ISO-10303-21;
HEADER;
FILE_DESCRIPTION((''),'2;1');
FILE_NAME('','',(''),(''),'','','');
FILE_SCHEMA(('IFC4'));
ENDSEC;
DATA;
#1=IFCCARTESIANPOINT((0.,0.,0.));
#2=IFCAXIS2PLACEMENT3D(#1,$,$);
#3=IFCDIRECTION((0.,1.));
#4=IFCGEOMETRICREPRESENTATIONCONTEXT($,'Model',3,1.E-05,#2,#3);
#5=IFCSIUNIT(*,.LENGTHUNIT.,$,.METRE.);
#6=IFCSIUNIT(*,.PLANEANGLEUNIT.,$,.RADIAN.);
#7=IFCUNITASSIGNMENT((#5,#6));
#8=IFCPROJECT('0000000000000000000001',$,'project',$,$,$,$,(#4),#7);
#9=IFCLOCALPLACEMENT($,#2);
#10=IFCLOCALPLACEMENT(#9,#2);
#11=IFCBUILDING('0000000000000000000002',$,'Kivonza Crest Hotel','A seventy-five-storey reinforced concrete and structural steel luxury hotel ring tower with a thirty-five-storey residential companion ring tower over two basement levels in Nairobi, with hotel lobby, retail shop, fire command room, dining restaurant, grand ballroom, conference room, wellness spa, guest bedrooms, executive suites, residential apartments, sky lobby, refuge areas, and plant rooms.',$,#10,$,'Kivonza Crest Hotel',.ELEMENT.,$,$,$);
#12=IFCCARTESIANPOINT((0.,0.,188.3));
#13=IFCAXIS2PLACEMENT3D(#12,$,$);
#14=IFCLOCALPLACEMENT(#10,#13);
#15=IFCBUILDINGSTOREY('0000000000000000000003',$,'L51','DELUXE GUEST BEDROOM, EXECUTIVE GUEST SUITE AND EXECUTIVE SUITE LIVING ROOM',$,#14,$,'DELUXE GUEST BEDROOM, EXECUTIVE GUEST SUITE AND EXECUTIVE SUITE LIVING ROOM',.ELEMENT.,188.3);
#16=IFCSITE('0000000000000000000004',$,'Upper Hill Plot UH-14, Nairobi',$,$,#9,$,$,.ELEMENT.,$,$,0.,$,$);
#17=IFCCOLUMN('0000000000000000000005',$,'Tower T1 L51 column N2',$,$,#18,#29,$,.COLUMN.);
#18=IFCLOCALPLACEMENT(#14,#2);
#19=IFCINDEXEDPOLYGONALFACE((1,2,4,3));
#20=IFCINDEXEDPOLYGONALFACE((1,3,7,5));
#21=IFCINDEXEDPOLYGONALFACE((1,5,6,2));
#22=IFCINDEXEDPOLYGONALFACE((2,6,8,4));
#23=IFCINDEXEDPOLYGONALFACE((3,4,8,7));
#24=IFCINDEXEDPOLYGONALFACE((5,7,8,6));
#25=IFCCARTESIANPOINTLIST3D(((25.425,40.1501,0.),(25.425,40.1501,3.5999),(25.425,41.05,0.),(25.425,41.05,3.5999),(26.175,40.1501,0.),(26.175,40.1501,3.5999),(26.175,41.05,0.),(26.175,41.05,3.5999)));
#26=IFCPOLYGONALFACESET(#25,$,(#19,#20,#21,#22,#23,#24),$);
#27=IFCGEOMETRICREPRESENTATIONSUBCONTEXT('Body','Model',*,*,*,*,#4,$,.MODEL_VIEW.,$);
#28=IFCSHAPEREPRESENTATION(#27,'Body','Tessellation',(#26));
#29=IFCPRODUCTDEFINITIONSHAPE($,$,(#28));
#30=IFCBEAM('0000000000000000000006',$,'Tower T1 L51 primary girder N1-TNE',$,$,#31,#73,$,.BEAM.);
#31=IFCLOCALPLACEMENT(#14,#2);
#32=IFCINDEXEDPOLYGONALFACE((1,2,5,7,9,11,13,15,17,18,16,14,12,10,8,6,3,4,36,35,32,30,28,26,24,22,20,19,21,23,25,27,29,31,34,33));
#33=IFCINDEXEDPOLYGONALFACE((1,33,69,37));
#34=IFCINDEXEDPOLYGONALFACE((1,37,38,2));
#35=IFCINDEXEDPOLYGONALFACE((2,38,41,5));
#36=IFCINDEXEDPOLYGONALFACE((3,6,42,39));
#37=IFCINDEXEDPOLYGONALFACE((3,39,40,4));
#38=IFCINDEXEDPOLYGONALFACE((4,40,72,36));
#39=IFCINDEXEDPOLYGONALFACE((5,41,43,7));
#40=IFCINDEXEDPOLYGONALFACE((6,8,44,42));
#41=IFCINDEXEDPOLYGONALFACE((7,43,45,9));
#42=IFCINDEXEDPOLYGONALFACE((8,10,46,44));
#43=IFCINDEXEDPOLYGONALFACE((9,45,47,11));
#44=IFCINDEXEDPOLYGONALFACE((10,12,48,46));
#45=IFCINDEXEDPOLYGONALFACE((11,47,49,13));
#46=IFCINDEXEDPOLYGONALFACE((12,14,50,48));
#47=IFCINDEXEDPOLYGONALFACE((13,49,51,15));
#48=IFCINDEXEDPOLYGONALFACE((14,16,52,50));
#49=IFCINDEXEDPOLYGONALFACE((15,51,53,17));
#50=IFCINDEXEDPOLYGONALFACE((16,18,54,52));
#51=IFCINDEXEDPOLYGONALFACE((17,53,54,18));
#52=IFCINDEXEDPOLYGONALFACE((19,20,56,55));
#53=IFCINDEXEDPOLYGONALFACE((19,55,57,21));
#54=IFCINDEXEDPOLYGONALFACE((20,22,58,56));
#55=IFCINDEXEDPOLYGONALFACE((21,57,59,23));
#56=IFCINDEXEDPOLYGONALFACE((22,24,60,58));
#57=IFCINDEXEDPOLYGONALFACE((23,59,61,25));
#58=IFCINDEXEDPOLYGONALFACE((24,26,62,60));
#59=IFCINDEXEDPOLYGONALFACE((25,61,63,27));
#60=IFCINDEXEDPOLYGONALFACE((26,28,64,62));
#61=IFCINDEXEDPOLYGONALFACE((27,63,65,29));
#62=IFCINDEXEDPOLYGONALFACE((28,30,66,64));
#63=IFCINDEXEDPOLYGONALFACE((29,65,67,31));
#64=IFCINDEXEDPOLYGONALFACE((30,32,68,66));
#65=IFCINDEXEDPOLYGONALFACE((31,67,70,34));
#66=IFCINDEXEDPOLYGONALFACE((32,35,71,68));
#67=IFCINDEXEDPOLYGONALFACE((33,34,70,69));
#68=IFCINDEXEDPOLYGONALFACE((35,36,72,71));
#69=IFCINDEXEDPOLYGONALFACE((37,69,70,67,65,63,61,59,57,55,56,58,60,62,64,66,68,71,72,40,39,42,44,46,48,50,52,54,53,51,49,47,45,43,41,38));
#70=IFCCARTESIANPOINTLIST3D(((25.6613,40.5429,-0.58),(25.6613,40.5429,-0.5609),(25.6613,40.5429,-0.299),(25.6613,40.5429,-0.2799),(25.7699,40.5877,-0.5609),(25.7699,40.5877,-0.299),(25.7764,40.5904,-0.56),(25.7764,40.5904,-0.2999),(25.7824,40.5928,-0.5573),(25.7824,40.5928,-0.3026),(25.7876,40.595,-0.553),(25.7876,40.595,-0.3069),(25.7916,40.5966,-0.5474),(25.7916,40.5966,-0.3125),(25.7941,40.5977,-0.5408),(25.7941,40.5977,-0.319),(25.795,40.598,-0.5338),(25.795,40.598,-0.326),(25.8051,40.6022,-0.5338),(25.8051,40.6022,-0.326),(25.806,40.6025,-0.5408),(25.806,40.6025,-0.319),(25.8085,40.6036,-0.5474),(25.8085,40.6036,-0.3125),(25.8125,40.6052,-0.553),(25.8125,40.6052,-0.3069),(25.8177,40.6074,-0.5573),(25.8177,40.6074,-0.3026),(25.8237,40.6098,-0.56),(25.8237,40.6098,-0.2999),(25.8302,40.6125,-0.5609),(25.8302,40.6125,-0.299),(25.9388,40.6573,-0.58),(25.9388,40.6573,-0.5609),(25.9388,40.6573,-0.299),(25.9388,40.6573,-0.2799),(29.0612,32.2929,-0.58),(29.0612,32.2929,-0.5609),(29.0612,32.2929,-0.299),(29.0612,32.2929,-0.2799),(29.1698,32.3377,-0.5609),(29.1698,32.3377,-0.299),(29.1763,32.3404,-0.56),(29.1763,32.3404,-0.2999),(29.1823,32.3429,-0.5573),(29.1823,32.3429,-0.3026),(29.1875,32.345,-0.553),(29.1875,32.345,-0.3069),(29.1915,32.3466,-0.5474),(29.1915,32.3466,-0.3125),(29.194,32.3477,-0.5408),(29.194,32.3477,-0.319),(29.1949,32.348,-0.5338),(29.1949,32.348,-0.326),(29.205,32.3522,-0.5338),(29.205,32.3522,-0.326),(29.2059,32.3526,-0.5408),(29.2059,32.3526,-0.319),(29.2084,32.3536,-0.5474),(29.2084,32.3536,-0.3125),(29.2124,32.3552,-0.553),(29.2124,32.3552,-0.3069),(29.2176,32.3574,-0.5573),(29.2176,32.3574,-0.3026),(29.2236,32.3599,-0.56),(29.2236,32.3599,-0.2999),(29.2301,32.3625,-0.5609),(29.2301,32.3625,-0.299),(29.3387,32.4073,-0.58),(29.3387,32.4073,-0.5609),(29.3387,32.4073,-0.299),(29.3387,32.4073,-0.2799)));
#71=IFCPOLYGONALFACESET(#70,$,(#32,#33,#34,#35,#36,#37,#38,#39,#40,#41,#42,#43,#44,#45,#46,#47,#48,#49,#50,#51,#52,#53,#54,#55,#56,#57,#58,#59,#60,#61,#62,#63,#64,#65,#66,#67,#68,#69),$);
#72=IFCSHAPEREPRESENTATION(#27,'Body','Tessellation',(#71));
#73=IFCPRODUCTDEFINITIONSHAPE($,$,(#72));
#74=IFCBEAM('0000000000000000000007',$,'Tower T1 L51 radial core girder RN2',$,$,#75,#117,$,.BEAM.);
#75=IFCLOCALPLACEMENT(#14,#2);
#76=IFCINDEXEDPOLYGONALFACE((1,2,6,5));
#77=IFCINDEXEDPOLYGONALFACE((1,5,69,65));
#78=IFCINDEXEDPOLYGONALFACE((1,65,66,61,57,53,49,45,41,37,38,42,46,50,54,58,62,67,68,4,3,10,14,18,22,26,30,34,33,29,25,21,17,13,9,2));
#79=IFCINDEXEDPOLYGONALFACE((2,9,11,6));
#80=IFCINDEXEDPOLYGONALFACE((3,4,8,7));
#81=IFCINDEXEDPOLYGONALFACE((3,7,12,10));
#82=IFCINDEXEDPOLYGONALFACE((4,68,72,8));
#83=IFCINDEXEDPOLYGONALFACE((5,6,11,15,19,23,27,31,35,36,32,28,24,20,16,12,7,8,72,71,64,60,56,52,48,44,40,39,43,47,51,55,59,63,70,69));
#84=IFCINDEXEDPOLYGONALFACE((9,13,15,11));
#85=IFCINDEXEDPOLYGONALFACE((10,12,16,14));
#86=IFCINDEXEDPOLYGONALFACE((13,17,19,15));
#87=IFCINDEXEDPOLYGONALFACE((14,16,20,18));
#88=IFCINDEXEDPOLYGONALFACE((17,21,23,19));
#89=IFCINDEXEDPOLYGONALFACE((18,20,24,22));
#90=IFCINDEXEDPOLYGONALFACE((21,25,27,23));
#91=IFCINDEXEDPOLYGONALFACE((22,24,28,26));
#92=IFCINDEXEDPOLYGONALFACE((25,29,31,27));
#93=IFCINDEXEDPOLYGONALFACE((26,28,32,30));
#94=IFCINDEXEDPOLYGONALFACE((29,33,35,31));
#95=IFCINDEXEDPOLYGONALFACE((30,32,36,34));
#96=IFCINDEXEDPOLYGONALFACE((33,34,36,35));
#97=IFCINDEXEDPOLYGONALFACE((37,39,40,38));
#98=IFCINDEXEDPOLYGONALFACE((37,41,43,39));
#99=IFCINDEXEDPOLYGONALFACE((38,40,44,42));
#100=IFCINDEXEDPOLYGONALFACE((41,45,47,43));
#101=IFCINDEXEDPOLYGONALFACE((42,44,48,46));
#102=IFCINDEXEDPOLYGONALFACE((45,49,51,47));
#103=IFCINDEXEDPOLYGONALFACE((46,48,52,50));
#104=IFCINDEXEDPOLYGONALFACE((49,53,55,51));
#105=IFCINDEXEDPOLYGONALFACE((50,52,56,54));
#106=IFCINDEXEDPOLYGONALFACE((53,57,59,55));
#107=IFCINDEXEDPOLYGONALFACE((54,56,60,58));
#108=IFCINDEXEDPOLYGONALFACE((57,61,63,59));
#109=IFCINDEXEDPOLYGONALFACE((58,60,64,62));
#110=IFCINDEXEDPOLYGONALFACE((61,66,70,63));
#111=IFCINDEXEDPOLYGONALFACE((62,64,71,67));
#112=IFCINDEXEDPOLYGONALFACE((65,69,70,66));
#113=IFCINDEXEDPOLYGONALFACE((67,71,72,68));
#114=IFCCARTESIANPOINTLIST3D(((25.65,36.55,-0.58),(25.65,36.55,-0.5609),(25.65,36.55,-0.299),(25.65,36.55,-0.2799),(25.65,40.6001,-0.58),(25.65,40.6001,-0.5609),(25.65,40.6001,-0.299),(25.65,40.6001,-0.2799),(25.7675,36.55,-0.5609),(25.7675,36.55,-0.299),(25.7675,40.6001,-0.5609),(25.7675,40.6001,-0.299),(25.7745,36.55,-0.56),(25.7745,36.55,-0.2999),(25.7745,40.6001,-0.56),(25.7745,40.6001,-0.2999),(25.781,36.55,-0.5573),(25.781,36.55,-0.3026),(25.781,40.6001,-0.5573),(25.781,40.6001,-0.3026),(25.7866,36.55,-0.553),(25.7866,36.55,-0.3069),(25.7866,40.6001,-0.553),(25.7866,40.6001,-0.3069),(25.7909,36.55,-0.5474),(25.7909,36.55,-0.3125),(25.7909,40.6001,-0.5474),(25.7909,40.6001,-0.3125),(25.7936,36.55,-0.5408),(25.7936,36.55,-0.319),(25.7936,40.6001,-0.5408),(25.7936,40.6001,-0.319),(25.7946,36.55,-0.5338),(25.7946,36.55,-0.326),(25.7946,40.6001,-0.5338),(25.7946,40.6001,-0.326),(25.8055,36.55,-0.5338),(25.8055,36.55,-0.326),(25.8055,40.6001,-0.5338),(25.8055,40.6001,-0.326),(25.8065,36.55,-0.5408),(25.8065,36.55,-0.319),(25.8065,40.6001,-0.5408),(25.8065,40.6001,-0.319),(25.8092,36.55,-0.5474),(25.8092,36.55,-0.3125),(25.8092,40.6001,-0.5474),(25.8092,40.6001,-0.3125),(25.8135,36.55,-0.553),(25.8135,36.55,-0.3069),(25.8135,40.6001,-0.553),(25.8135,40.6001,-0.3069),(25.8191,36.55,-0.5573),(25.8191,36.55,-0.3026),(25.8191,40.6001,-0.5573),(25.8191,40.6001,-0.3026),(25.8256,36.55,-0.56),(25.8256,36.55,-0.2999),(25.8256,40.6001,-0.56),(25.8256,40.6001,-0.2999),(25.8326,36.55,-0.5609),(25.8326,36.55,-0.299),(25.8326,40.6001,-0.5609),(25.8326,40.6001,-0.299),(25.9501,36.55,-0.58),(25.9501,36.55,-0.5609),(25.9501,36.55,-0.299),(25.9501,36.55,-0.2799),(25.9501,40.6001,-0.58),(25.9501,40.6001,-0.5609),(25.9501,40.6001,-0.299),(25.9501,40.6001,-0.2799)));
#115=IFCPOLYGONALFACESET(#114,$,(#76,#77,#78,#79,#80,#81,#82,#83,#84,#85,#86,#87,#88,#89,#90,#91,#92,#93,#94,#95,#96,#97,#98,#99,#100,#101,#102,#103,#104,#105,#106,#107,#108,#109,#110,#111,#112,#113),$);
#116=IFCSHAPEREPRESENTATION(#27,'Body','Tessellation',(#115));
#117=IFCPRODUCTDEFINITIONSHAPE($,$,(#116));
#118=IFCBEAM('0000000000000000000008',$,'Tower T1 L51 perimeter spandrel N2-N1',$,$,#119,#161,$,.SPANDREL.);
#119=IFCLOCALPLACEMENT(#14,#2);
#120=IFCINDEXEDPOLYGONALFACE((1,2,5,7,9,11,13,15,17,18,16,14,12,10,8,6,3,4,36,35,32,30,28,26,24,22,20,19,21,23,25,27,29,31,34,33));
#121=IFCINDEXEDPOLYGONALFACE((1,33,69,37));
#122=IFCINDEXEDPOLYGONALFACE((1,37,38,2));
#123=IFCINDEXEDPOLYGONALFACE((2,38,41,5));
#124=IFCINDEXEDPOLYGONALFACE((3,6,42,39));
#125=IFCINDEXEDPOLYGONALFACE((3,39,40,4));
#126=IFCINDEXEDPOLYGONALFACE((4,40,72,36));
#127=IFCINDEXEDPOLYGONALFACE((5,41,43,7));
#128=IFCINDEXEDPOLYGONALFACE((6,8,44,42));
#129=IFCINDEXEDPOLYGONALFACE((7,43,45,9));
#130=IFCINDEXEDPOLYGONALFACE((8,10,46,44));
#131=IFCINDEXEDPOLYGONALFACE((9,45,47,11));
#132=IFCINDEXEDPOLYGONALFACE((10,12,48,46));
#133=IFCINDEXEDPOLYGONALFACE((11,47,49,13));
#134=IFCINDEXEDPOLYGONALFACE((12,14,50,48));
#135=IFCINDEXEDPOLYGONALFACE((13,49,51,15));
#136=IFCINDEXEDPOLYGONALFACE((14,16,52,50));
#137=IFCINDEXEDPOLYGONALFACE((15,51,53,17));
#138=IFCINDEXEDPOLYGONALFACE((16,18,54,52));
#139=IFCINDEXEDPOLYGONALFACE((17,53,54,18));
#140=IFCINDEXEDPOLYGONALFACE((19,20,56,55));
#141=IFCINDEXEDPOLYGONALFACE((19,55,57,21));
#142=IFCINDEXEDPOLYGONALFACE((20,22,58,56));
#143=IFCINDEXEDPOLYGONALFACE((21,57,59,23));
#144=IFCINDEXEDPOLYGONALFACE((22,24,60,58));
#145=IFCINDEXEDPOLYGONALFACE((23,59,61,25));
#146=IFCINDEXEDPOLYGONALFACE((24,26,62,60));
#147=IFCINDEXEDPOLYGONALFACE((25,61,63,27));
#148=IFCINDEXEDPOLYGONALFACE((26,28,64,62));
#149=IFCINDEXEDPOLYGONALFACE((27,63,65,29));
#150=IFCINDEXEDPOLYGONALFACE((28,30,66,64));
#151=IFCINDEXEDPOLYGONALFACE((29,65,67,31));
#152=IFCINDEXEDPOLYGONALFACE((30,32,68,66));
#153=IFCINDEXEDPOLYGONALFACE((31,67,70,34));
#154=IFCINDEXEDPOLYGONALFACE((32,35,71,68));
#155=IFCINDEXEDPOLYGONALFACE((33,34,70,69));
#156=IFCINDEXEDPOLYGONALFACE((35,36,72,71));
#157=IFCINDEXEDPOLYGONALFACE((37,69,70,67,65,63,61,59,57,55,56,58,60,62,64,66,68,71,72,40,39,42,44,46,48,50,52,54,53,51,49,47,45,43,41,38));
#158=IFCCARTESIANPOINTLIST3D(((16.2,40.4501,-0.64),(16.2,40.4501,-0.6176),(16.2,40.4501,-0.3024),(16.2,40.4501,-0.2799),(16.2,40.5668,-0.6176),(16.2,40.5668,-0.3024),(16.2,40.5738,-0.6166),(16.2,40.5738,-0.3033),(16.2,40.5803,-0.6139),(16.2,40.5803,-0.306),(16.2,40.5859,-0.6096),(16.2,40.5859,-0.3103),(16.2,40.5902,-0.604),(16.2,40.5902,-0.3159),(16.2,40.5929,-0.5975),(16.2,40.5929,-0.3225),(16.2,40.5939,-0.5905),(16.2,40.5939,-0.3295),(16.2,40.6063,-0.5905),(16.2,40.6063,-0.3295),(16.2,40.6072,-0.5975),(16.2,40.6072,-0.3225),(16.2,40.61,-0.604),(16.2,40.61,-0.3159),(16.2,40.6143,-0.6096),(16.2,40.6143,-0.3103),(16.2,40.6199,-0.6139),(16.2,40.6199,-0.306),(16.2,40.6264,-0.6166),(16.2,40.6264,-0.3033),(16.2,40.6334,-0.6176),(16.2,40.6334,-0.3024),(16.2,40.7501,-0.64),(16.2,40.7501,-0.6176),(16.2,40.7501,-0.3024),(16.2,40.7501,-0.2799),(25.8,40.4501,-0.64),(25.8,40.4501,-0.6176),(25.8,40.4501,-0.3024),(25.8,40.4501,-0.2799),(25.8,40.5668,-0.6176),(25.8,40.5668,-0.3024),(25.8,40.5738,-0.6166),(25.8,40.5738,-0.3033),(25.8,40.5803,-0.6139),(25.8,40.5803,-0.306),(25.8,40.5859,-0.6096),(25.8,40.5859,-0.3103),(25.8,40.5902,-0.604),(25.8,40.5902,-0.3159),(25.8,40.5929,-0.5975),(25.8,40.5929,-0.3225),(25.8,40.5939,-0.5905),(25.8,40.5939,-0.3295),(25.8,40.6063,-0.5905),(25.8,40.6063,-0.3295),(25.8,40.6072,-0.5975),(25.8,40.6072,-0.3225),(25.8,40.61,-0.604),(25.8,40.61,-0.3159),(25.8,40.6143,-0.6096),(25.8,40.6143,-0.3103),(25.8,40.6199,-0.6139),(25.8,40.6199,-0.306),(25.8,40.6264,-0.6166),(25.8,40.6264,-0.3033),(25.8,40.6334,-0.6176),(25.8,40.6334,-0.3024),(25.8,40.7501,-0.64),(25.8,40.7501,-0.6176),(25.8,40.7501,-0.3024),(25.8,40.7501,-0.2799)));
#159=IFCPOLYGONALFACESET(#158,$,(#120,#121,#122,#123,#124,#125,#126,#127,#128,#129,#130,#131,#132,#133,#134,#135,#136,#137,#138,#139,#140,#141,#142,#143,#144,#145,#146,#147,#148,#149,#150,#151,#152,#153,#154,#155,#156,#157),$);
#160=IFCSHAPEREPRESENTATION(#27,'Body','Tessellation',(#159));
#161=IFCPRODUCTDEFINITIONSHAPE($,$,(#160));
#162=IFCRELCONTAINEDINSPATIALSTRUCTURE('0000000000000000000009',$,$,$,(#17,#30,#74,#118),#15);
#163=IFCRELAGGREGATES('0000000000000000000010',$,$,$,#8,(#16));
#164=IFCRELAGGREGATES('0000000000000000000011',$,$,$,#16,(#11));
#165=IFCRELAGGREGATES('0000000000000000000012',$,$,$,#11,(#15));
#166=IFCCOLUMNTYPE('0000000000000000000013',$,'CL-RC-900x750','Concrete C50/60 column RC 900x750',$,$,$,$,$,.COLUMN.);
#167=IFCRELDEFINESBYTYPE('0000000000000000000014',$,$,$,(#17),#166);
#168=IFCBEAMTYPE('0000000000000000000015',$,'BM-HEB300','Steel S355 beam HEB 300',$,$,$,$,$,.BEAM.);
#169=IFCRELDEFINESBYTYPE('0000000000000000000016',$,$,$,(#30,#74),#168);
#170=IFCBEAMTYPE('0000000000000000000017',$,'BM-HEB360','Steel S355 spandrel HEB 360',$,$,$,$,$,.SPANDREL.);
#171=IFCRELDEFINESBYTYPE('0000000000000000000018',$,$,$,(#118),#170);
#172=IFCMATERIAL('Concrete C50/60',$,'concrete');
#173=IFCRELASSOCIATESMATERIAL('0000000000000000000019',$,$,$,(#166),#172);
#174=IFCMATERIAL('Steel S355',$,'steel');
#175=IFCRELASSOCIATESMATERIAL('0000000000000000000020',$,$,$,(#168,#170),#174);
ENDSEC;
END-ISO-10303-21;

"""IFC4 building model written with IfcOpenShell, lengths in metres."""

from ifc_helpers import new_model, si_unit, direction, frame, origin, origin_2d, place, context, subcontext, project, spatial, rectangle, i_section, extrude, material, material_profile, profile_set, type_object, element, save


model = new_model("IFC4")

# Units and contexts
model_context = context("Model", 3, precision=1e-05, world=origin(), true_north=direction((0.0, 1.0)))
body_context = subcontext(model_context, "Body", "Model", "MODEL_VIEW")
ifc_project = project(units=[si_unit("LENGTHUNIT", "METRE"), si_unit("PLANEANGLEUNIT", "RADIAN")], contexts=[model_context])

# Site, building, storey
site_placement = place(None, origin())
site = spatial("IfcSite", under=ifc_project, at=site_placement, Name="Upper Hill Plot UH-14, Nairobi", CompositionType="ELEMENT", RefElevation=0.0)
building_placement = place(site_placement, origin())
building = spatial("IfcBuilding", under=site, at=building_placement, Name="Kivonza Crest Hotel", Description="A seventy-five-storey reinforced concrete and structural steel luxury hotel ring tower with a thirty-five-storey residential companion ring tower over two basement levels in Nairobi, with hotel lobby, retail shop, fire command room, dining restaurant, grand ballroom, conference room, wellness spa, guest bedrooms, executive suites, residential apartments, sky lobby, refuge areas, and plant rooms.", LongName="Kivonza Crest Hotel", CompositionType="ELEMENT")
storey_placement = place(building_placement, frame((0.0, 0.0, 188.3)))
storey = spatial("IfcBuildingStorey", under=building, at=storey_placement, Name="L51", Description="DELUXE GUEST BEDROOM, EXECUTIVE GUEST SUITE AND EXECUTIVE SUITE LIVING ROOM", LongName="DELUXE GUEST BEDROOM, EXECUTIVE GUEST SUITE AND EXECUTIVE SUITE LIVING ROOM", CompositionType="ELEMENT", Elevation=188.3)

# Column
ifc_material_1 = material(Name="Concrete C50/60", Category="concrete")
ifc_material_profile_1 = material_profile(ifc_material_1, rectangle(XDim=0.75, YDim=0.8999, at=origin_2d()), Name="RC 900x750")
ifc_profile_set_1 = profile_set([ifc_material_profile_1], Name="Concrete C50/60")
column_type = type_object("IfcColumnType", Name="CL-RC-900x750", Description="Concrete C50/60 column RC 900x750", PredefinedType="COLUMN", material=ifc_profile_set_1)
column_placement = place(storey_placement, frame((25.8, 40.6001, 0.0), z_axis=(0.0, 0.0, 1.0), x_axis=(1.0, 0.0, 0.0)))
element("IfcColumn", 1, at=column_placement, inside=storey, type_object=column_type, Name="Tower T1 L51 column N2", PredefinedType="COLUMN", context=body_context, shape_type="SweptSolid", body=[
    extrude(rectangle(XDim=0.75, YDim=0.8999, at=origin_2d()), origin(), (0.0, 0.0, 1.0), 3.5999),
])

# Beams
ifc_material_2 = material(Name="Steel S355", Category="steel")
ifc_material_profile_2 = material_profile(ifc_material_2, i_section(OverallWidth=0.3, OverallDepth=0.3, WebThickness=0.011, FlangeThickness=0.019, FilletRadius=0.0271, at=origin_2d()), Name="HEB 300")
ifc_profile_set_2 = profile_set([ifc_material_profile_2], Name="Steel S355")
beam_type_1 = type_object("IfcBeamType", Name="BM-HEB300", Description="Steel S355 beam HEB 300", PredefinedType="BEAM", material=ifc_profile_set_2)
beam_1_placement = place(storey_placement, frame((25.8, 40.6001, -0.4299), z_axis=(0.381022, -0.924566, 0.0), x_axis=(0.924566, 0.381022, 0.0)))
element("IfcBeam", 2, at=beam_1_placement, inside=storey, type_object=beam_type_1, Name="Tower T1 L51 primary girder N1-TNE", PredefinedType="BEAM", context=body_context, shape_type="SweptSolid", body=[
    extrude(i_section(OverallWidth=0.3, OverallDepth=0.3, WebThickness=0.011, FlangeThickness=0.019, FilletRadius=0.0271, at=origin_2d()), origin(), (0.0, 0.0, 1.0), 8.9231),
])
beam_2_placement = place(storey_placement, frame((25.8, 40.6001, -0.4299), z_axis=(0.0, -1.0, 0.0), x_axis=(1.0, 0.0, 0.0)))
element("IfcBeam", 3, at=beam_2_placement, inside=storey, type_object=beam_type_1, Name="Tower T1 L51 radial core girder RN2", PredefinedType="BEAM", context=body_context, shape_type="SweptSolid", body=[
    extrude(i_section(OverallWidth=0.3, OverallDepth=0.3, WebThickness=0.011, FlangeThickness=0.019, FilletRadius=0.0271, at=origin_2d()), origin(), (0.0, 0.0, 1.0), 4.05),
])
ifc_material_profile_3 = material_profile(ifc_material_2, i_section(OverallWidth=0.3, OverallDepth=0.3601, WebThickness=0.0125, FlangeThickness=0.0225, FilletRadius=0.0271, at=origin_2d()), Name="HEB 360")
ifc_profile_set_3 = profile_set([ifc_material_profile_3], Name="Steel S355")
beam_type_2 = type_object("IfcBeamType", Name="BM-HEB360", Description="Steel S355 spandrel HEB 360", PredefinedType="SPANDREL", material=ifc_profile_set_3)
beam_3_placement = place(storey_placement, frame((25.8, 40.6001, -0.46), z_axis=(-1.0, 0.0, 0.0), x_axis=(0.0, -1.0, 0.0)))
element("IfcBeam", 4, at=beam_3_placement, inside=storey, type_object=beam_type_2, Name="Tower T1 L51 perimeter spandrel N2-N1", PredefinedType="SPANDREL", context=body_context, shape_type="SweptSolid", body=[
    extrude(i_section(OverallWidth=0.3, OverallDepth=0.3601, WebThickness=0.0125, FlangeThickness=0.0225, FilletRadius=0.0271, at=origin_2d()), origin(), (0.0, 0.0, 1.0), 9.6001),
])

save(model, "model.ifc")
